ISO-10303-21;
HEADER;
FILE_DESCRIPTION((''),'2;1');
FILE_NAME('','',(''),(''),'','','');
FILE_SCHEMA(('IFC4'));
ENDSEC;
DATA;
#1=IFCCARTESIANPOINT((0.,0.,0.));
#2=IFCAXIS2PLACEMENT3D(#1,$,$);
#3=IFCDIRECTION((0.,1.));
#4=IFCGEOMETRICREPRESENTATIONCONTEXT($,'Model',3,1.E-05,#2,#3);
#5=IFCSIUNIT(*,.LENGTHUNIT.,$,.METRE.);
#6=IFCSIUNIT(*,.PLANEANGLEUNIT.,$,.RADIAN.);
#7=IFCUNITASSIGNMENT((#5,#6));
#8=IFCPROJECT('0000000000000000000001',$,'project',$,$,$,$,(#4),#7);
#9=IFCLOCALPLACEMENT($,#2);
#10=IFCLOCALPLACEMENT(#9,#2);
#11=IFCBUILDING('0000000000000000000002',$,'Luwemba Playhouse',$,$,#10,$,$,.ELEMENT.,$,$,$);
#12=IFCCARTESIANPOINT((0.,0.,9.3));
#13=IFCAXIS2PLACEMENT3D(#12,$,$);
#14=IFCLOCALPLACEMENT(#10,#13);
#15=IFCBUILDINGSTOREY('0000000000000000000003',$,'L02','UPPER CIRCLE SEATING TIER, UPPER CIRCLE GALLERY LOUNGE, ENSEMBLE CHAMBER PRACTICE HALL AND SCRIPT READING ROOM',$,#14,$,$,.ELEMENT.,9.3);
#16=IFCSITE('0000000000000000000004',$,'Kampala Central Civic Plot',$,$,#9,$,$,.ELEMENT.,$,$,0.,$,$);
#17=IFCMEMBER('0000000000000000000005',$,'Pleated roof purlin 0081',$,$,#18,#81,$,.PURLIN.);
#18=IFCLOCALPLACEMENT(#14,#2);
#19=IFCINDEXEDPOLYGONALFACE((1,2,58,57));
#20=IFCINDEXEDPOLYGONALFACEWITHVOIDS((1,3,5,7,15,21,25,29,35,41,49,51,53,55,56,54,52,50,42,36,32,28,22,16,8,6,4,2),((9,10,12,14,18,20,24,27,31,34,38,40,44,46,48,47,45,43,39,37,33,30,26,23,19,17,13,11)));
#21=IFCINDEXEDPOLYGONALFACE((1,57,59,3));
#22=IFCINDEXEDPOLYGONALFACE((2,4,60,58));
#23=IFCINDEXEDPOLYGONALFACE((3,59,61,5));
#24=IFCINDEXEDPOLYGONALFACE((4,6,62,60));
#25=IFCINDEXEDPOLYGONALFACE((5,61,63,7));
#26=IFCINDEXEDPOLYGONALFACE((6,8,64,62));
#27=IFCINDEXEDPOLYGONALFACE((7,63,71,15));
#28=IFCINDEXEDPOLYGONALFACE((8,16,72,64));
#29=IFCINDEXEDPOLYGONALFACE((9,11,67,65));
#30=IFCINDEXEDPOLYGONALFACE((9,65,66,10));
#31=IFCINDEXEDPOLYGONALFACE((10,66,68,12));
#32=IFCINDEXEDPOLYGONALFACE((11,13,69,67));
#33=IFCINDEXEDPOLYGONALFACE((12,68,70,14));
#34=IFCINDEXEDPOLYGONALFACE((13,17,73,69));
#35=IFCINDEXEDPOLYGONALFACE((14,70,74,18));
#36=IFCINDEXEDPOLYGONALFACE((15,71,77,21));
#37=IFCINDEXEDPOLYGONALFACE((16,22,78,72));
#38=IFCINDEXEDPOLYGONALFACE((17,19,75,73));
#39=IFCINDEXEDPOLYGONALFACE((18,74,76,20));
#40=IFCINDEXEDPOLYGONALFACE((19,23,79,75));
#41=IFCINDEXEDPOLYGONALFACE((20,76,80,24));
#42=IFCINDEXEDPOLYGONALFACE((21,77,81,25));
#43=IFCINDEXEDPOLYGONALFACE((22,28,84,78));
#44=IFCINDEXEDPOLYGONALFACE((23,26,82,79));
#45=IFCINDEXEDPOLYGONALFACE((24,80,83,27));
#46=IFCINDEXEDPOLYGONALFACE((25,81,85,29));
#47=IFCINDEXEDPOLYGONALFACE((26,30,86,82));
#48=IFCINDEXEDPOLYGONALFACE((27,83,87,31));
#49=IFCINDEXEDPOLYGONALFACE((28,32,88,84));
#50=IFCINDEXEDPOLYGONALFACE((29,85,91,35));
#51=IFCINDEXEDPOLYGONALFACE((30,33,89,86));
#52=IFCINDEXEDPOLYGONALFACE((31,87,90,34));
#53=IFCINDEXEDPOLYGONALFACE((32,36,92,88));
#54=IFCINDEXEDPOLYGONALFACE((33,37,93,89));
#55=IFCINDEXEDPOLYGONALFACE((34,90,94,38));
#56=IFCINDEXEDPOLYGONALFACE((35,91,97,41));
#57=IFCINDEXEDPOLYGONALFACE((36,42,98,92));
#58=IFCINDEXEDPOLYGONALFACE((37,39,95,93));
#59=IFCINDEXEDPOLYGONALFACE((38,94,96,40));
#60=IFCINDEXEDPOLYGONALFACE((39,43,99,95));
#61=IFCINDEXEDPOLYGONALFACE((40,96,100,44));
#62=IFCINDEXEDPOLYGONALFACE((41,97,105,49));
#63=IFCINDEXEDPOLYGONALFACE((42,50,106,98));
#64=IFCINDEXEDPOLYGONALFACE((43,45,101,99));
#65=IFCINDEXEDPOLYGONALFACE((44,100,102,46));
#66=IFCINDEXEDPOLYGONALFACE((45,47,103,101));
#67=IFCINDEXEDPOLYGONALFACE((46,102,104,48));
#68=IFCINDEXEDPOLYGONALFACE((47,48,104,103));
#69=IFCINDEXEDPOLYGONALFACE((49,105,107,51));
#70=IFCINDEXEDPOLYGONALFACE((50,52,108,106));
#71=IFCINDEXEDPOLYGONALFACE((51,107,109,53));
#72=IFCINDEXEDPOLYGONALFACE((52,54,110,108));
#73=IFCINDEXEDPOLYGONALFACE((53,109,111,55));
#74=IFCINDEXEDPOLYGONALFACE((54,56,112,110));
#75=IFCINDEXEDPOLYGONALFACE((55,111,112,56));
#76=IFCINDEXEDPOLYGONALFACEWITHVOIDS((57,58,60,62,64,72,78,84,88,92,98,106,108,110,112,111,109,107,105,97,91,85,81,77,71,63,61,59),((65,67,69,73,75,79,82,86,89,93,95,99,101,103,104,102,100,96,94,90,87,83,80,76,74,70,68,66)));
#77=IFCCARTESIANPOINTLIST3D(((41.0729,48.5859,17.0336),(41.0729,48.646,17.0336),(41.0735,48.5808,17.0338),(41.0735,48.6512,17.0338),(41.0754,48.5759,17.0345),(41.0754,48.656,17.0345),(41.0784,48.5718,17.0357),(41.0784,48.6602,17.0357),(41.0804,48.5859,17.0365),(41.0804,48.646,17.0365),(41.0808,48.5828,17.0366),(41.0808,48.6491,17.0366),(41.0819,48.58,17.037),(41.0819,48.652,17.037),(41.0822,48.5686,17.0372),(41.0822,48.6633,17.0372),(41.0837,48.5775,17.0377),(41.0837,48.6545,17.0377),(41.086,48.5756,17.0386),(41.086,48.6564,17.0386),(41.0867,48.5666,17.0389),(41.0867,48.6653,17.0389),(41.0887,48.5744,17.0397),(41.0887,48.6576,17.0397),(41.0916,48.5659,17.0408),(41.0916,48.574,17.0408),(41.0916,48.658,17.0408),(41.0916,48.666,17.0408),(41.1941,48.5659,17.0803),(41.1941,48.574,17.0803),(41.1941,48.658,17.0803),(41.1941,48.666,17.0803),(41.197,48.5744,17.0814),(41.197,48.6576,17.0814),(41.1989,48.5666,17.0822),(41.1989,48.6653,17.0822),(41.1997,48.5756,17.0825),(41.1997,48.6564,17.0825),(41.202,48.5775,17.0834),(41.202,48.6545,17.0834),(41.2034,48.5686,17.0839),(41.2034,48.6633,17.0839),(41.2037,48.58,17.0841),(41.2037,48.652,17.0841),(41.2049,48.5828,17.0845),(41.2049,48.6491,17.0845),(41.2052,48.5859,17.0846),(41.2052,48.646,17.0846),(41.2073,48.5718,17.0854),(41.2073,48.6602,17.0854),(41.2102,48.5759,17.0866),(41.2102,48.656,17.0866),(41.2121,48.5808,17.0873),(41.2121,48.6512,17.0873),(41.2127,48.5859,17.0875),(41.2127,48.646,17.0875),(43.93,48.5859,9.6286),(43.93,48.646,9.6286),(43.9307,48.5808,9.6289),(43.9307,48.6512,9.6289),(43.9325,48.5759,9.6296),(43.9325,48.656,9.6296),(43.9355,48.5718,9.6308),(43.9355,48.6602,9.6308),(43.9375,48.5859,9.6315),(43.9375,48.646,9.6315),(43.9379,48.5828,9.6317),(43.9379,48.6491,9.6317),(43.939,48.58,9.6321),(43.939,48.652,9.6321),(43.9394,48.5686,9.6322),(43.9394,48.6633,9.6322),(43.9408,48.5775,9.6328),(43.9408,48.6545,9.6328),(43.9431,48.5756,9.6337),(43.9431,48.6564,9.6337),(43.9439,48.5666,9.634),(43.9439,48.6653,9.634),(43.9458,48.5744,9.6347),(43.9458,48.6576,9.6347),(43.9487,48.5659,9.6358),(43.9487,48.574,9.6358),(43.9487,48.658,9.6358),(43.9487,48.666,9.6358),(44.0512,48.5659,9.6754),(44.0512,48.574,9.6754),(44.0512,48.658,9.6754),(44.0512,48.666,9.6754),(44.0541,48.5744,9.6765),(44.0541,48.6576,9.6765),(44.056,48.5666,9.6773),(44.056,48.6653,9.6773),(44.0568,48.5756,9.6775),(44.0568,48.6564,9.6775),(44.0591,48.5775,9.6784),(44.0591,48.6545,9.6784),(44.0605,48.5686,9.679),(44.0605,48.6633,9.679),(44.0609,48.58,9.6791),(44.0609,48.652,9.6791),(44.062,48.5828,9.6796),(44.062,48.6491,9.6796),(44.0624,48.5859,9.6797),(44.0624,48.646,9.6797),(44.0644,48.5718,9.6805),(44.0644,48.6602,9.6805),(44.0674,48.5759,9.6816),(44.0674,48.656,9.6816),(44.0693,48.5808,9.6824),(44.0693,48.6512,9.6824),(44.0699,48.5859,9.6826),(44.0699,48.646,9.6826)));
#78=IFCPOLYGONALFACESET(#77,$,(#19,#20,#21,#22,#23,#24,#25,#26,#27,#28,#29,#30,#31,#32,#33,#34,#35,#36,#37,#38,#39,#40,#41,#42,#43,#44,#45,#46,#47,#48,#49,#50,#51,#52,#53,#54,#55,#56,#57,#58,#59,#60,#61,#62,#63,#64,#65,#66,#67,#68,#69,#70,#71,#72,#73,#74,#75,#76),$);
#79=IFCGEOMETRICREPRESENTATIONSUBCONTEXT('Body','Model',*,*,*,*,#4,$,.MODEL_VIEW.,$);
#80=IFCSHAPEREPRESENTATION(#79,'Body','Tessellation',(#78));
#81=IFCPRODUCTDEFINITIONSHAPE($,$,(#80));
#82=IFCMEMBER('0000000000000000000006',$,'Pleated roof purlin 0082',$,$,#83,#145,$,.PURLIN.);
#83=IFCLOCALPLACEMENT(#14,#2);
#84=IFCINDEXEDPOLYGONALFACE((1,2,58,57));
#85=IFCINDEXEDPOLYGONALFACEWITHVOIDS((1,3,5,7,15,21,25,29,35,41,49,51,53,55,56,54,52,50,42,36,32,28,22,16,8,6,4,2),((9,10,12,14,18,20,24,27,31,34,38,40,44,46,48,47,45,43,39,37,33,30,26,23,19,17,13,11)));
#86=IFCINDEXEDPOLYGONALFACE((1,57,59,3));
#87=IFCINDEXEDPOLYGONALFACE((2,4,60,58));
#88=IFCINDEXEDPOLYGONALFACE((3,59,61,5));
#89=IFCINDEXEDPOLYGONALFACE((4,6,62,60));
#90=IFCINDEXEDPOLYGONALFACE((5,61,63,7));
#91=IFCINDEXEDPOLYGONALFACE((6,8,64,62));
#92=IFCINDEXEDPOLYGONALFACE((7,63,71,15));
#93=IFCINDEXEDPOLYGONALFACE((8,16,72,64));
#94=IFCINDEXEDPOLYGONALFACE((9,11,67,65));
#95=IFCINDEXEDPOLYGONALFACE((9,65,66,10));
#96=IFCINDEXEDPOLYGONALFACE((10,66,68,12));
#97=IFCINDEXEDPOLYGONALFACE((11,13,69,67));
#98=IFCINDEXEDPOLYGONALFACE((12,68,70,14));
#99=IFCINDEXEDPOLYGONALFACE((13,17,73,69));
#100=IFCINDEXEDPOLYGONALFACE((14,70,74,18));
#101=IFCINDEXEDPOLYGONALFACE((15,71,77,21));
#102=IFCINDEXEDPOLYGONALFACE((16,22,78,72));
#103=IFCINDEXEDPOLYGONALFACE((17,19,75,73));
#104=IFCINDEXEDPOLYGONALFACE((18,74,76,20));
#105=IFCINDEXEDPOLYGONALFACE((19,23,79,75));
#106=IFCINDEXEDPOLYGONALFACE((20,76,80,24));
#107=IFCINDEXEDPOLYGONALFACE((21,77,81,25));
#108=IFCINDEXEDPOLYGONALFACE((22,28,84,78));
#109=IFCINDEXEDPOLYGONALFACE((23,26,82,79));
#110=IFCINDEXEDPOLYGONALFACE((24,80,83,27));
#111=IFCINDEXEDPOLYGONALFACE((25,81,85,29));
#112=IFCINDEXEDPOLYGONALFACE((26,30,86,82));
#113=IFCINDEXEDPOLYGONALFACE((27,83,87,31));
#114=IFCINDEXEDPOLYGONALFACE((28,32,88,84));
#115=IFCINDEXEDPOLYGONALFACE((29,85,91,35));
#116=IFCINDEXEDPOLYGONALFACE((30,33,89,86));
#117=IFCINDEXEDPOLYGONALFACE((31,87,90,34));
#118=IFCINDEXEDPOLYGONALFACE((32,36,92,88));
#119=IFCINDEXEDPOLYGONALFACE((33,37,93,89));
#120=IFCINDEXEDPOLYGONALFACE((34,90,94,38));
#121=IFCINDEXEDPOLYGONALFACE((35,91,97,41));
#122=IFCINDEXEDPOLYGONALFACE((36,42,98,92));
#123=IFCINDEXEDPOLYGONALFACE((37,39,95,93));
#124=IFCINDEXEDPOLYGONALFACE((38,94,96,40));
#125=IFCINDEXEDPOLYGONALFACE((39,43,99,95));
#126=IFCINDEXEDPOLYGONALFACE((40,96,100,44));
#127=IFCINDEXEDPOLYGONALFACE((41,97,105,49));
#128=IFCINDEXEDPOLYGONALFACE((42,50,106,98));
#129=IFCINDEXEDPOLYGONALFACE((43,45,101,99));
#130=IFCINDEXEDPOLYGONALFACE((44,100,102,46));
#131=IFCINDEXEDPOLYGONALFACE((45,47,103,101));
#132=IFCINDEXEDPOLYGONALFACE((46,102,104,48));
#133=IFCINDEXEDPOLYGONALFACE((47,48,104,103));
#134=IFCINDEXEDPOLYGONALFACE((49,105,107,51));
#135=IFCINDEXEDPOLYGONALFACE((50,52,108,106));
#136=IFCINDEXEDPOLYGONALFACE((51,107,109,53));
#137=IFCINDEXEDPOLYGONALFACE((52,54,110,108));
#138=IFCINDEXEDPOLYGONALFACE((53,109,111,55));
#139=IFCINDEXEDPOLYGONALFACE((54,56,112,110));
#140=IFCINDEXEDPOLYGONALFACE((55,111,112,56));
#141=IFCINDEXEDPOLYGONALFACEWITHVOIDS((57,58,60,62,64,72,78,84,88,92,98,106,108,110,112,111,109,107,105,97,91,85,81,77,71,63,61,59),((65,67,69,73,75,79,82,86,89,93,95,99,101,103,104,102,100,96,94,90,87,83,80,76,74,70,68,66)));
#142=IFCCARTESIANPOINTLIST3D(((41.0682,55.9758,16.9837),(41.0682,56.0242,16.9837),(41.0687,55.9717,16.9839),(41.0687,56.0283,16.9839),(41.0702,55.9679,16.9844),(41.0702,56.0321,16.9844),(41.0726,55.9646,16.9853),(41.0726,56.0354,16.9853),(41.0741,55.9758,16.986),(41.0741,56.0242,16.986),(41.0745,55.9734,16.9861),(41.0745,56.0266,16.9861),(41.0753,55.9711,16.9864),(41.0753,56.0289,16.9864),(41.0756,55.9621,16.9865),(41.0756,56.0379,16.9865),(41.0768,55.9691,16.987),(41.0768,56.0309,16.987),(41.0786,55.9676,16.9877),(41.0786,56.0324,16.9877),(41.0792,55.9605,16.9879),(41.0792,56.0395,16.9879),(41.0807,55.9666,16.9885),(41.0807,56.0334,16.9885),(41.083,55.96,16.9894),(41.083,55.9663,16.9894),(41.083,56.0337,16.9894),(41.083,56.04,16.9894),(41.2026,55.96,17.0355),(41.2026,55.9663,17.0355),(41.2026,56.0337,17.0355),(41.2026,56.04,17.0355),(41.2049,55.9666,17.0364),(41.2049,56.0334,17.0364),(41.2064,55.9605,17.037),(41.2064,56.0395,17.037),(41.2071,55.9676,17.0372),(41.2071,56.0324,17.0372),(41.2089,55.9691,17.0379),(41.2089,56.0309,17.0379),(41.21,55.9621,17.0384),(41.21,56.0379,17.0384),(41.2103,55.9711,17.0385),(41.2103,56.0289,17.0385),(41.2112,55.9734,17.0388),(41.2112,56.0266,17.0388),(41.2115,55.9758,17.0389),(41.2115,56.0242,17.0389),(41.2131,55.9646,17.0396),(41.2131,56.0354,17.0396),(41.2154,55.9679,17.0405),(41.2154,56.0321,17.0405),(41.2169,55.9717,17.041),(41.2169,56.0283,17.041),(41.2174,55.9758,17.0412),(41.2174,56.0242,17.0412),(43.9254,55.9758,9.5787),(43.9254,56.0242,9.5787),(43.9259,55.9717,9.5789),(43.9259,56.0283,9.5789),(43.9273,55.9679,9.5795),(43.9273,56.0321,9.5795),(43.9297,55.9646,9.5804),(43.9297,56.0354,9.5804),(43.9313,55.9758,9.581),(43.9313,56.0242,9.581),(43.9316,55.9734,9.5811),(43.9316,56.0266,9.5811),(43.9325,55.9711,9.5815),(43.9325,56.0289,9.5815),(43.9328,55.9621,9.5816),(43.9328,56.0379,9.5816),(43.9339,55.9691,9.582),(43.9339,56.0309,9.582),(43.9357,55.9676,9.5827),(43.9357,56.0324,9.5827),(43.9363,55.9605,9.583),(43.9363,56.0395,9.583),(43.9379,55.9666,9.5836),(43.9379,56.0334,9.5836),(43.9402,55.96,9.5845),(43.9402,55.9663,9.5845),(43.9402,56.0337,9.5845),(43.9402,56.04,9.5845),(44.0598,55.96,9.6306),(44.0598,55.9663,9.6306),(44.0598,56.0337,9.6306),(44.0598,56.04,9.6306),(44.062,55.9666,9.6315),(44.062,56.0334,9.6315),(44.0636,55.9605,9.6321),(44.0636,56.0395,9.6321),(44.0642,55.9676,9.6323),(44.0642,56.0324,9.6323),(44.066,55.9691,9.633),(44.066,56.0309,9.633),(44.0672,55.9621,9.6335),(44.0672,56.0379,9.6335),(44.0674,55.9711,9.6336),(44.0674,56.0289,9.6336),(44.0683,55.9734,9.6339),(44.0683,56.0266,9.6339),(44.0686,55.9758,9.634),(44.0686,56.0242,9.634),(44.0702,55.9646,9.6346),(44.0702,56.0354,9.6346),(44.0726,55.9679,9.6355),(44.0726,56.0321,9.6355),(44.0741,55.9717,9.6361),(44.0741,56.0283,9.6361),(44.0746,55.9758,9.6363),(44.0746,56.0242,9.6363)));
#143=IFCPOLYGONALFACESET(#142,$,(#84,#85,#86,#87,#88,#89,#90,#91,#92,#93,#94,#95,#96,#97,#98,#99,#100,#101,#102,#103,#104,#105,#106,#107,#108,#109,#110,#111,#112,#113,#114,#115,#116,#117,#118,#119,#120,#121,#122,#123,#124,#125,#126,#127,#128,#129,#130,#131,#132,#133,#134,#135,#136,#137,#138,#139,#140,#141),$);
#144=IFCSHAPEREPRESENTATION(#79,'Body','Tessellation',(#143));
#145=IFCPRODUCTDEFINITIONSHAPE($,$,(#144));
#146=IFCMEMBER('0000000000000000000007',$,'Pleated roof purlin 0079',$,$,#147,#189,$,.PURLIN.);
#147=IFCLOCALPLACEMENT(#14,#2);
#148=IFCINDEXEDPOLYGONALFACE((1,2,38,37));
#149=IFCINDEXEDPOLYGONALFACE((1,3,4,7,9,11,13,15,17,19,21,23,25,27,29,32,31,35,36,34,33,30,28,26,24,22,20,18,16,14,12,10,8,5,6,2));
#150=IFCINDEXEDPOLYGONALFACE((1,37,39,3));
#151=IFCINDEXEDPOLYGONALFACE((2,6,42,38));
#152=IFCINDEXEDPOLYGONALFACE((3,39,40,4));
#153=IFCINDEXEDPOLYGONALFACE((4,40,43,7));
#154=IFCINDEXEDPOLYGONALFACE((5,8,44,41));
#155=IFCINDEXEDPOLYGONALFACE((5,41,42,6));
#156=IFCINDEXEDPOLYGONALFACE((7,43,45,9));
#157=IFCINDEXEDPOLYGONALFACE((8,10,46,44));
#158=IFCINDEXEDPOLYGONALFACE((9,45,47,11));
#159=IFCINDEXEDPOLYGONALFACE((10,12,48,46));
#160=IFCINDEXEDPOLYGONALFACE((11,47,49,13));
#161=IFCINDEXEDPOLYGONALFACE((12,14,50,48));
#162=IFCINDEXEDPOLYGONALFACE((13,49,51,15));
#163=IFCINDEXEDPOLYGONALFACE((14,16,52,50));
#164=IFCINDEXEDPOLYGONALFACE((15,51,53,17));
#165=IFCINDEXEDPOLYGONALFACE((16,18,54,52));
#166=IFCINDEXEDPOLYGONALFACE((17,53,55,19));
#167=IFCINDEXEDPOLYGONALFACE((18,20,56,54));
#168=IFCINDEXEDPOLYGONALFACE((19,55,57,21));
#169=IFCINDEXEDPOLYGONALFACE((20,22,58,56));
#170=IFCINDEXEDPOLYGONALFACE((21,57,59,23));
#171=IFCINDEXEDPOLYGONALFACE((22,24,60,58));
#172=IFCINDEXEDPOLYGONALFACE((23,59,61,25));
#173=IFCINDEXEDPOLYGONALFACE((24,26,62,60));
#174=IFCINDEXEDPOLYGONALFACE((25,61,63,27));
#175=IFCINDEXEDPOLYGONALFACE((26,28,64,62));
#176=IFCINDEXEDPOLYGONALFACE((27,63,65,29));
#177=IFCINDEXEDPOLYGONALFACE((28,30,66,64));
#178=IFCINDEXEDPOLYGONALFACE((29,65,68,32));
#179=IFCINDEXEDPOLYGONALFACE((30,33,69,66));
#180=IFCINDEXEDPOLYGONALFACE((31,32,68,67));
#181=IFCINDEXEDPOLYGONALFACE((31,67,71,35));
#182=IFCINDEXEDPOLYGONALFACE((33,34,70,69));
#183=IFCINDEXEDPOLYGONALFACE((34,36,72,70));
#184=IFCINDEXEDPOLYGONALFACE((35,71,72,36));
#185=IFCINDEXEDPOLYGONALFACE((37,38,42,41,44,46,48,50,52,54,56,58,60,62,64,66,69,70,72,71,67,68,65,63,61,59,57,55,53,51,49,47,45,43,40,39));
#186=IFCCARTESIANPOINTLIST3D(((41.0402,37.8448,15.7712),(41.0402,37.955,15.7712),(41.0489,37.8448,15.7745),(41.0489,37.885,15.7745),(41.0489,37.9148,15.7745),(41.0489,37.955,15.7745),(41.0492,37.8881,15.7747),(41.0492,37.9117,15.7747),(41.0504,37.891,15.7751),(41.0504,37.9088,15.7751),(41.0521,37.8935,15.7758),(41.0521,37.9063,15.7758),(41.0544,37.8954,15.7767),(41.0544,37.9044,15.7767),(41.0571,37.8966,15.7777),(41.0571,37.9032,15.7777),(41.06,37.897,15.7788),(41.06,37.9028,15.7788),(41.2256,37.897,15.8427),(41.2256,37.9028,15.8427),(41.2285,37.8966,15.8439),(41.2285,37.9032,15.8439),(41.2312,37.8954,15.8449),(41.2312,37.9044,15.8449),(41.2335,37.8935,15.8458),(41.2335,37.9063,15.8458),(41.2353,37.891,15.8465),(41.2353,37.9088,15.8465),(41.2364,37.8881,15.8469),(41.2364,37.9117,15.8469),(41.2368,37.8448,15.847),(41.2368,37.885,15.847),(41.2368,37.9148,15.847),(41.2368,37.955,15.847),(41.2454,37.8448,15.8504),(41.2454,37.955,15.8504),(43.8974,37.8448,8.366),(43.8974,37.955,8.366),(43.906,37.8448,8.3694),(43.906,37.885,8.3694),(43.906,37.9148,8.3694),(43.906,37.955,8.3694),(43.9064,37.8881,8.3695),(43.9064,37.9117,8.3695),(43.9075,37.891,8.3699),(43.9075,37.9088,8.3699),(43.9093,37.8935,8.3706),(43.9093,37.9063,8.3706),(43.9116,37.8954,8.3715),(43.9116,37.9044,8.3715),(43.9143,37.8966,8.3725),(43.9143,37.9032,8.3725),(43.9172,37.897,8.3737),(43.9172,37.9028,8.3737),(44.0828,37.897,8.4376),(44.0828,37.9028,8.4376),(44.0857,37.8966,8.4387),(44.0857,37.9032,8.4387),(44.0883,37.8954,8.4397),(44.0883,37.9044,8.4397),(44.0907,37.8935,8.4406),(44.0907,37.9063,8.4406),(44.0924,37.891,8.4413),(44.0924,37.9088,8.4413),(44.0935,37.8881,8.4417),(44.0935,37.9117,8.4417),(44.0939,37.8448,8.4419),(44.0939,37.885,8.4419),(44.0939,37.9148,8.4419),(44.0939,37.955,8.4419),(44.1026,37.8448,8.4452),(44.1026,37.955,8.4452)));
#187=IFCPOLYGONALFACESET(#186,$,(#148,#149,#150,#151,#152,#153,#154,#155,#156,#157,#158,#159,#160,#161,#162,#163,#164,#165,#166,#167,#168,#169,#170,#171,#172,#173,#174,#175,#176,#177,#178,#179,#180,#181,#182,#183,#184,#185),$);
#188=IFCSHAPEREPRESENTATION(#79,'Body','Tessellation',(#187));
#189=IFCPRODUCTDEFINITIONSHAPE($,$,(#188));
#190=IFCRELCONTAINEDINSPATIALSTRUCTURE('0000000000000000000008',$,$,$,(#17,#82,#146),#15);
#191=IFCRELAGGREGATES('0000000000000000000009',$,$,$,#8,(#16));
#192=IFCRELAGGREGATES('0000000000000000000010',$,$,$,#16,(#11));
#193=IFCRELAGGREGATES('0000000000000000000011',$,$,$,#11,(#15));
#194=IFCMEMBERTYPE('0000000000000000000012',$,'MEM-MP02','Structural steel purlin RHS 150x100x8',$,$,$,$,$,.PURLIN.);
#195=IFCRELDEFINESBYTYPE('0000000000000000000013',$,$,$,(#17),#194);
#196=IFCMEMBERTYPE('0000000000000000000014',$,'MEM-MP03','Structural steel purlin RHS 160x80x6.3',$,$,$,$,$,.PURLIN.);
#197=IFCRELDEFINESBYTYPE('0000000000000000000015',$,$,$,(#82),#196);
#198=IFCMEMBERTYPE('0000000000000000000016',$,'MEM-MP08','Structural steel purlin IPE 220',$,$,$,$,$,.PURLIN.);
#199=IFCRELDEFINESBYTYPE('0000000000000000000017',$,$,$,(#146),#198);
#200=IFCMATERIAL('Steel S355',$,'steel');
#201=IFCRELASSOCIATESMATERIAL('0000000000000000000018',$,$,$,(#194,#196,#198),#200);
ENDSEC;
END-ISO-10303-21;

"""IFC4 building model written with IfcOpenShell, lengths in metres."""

from ifc_helpers import new_model, si_unit, direction, frame, origin, origin_2d, place, context, subcontext, project, spatial, hollow_rectangle, i_section, extrude, material, material_profile, profile_set, type_object, element, save


model = new_model("IFC4")

# Units and contexts
model_context = context("Model", 3, precision=1e-05, world=origin(), true_north=direction((0.0, 1.0)))
body_context = subcontext(model_context, "Body", "Model", "MODEL_VIEW")
ifc_project = project(units=[si_unit("LENGTHUNIT", "METRE"), si_unit("PLANEANGLEUNIT", "RADIAN")], contexts=[model_context])

# Site, building, storey
site_placement = place(None, origin())
site = spatial("IfcSite", under=ifc_project, at=site_placement, Name="Kampala Central Civic Plot", CompositionType="ELEMENT", RefElevation=0.0)
building_placement = place(site_placement, origin())
building = spatial("IfcBuilding", under=site, at=building_placement, Name="Luwemba Playhouse", CompositionType="ELEMENT")
storey_placement = place(building_placement, frame((0.0, 0.0, 9.3)))
storey = spatial("IfcBuildingStorey", under=building, at=storey_placement, Name="L02", Description="UPPER CIRCLE SEATING TIER, UPPER CIRCLE GALLERY LOUNGE, ENSEMBLE CHAMBER PRACTICE HALL AND SCRIPT READING ROOM", CompositionType="ELEMENT", Elevation=9.3)

# Shared definitions
ifc_material_1 = material(Name="Steel S355", Category="steel")

# Members
ifc_material_profile_1 = material_profile(ifc_material_1, hollow_rectangle(XDim=0.1001, YDim=0.1499, WallThickness=0.0081, InnerFilletRadius=0.012, OuterFilletRadius=0.02, at=origin_2d()))
ifc_profile_set_1 = profile_set([ifc_material_profile_1], Name="Steel S355")
member_type_1 = type_object("IfcMemberType", Name="MEM-MP02", Description="Structural steel purlin RHS 150x100x8", PredefinedType="PURLIN", material=ifc_profile_set_1)
member_1_placement = place(storey_placement, frame((41.1428, 48.616, 17.0605), z_axis=(0.359976, 0.0, -0.932961), x_axis=(0.0, 1.0, 0.0)))
element("IfcMember", 1, at=member_1_placement, inside=storey, type_object=member_type_1, Name="Pleated roof purlin 0081", PredefinedType="PURLIN", context=body_context, shape_type="SweptSolid", body=[
    extrude(hollow_rectangle(XDim=0.1001, YDim=0.1499, WallThickness=0.0081, InnerFilletRadius=0.012, OuterFilletRadius=0.02, at=origin_2d()), origin(), (0.0, 0.0, 1.0), 7.937),
])
ifc_material_profile_2 = material_profile(ifc_material_1, hollow_rectangle(XDim=0.0801, YDim=0.1599, WallThickness=0.0063, InnerFilletRadius=0.0095, OuterFilletRadius=0.0159, at=origin_2d()))
ifc_profile_set_2 = profile_set([ifc_material_profile_2], Name="Steel S355")
member_type_2 = type_object("IfcMemberType", Name="MEM-MP03", Description="Structural steel purlin RHS 160x80x6.3", PredefinedType="PURLIN", material=ifc_profile_set_2)
member_2_placement = place(storey_placement, frame((41.1428, 56.0, 17.0125), z_axis=(0.359976, 0.0, -0.932961), x_axis=(0.0, 1.0, 0.0)))
element("IfcMember", 2, at=member_2_placement, inside=storey, type_object=member_type_2, Name="Pleated roof purlin 0082", PredefinedType="PURLIN", context=body_context, shape_type="SweptSolid", body=[
    extrude(hollow_rectangle(XDim=0.0801, YDim=0.1599, WallThickness=0.0063, InnerFilletRadius=0.0095, OuterFilletRadius=0.0159, at=origin_2d()), origin(), (0.0, 0.0, 1.0), 7.937),
])
ifc_material_profile_3 = material_profile(ifc_material_1, i_section(OverallWidth=0.1101, OverallDepth=0.22, WebThickness=0.0059, FlangeThickness=0.0093, FilletRadius=0.012, at=origin_2d()))
ifc_profile_set_3 = profile_set([ifc_material_profile_3], Name="Steel S355")
member_type_3 = type_object("IfcMemberType", Name="MEM-MP08", Description="Structural steel purlin IPE 220", PredefinedType="PURLIN", material=ifc_profile_set_3)
member_3_placement = place(storey_placement, frame((41.1428, 37.8999, 15.8108), z_axis=(0.359966, 0.0, -0.932965), x_axis=(0.0, 1.0, 0.0)))
element("IfcMember", 3, at=member_3_placement, inside=storey, type_object=member_type_3, Name="Pleated roof purlin 0079", PredefinedType="PURLIN", context=body_context, shape_type="SweptSolid", body=[
    extrude(i_section(OverallWidth=0.1101, OverallDepth=0.22, WebThickness=0.0059, FlangeThickness=0.0093, FilletRadius=0.012, at=origin_2d()), origin(), (0.0, 0.0, 1.0), 7.9373),
])

save(model, "model.ifc")
